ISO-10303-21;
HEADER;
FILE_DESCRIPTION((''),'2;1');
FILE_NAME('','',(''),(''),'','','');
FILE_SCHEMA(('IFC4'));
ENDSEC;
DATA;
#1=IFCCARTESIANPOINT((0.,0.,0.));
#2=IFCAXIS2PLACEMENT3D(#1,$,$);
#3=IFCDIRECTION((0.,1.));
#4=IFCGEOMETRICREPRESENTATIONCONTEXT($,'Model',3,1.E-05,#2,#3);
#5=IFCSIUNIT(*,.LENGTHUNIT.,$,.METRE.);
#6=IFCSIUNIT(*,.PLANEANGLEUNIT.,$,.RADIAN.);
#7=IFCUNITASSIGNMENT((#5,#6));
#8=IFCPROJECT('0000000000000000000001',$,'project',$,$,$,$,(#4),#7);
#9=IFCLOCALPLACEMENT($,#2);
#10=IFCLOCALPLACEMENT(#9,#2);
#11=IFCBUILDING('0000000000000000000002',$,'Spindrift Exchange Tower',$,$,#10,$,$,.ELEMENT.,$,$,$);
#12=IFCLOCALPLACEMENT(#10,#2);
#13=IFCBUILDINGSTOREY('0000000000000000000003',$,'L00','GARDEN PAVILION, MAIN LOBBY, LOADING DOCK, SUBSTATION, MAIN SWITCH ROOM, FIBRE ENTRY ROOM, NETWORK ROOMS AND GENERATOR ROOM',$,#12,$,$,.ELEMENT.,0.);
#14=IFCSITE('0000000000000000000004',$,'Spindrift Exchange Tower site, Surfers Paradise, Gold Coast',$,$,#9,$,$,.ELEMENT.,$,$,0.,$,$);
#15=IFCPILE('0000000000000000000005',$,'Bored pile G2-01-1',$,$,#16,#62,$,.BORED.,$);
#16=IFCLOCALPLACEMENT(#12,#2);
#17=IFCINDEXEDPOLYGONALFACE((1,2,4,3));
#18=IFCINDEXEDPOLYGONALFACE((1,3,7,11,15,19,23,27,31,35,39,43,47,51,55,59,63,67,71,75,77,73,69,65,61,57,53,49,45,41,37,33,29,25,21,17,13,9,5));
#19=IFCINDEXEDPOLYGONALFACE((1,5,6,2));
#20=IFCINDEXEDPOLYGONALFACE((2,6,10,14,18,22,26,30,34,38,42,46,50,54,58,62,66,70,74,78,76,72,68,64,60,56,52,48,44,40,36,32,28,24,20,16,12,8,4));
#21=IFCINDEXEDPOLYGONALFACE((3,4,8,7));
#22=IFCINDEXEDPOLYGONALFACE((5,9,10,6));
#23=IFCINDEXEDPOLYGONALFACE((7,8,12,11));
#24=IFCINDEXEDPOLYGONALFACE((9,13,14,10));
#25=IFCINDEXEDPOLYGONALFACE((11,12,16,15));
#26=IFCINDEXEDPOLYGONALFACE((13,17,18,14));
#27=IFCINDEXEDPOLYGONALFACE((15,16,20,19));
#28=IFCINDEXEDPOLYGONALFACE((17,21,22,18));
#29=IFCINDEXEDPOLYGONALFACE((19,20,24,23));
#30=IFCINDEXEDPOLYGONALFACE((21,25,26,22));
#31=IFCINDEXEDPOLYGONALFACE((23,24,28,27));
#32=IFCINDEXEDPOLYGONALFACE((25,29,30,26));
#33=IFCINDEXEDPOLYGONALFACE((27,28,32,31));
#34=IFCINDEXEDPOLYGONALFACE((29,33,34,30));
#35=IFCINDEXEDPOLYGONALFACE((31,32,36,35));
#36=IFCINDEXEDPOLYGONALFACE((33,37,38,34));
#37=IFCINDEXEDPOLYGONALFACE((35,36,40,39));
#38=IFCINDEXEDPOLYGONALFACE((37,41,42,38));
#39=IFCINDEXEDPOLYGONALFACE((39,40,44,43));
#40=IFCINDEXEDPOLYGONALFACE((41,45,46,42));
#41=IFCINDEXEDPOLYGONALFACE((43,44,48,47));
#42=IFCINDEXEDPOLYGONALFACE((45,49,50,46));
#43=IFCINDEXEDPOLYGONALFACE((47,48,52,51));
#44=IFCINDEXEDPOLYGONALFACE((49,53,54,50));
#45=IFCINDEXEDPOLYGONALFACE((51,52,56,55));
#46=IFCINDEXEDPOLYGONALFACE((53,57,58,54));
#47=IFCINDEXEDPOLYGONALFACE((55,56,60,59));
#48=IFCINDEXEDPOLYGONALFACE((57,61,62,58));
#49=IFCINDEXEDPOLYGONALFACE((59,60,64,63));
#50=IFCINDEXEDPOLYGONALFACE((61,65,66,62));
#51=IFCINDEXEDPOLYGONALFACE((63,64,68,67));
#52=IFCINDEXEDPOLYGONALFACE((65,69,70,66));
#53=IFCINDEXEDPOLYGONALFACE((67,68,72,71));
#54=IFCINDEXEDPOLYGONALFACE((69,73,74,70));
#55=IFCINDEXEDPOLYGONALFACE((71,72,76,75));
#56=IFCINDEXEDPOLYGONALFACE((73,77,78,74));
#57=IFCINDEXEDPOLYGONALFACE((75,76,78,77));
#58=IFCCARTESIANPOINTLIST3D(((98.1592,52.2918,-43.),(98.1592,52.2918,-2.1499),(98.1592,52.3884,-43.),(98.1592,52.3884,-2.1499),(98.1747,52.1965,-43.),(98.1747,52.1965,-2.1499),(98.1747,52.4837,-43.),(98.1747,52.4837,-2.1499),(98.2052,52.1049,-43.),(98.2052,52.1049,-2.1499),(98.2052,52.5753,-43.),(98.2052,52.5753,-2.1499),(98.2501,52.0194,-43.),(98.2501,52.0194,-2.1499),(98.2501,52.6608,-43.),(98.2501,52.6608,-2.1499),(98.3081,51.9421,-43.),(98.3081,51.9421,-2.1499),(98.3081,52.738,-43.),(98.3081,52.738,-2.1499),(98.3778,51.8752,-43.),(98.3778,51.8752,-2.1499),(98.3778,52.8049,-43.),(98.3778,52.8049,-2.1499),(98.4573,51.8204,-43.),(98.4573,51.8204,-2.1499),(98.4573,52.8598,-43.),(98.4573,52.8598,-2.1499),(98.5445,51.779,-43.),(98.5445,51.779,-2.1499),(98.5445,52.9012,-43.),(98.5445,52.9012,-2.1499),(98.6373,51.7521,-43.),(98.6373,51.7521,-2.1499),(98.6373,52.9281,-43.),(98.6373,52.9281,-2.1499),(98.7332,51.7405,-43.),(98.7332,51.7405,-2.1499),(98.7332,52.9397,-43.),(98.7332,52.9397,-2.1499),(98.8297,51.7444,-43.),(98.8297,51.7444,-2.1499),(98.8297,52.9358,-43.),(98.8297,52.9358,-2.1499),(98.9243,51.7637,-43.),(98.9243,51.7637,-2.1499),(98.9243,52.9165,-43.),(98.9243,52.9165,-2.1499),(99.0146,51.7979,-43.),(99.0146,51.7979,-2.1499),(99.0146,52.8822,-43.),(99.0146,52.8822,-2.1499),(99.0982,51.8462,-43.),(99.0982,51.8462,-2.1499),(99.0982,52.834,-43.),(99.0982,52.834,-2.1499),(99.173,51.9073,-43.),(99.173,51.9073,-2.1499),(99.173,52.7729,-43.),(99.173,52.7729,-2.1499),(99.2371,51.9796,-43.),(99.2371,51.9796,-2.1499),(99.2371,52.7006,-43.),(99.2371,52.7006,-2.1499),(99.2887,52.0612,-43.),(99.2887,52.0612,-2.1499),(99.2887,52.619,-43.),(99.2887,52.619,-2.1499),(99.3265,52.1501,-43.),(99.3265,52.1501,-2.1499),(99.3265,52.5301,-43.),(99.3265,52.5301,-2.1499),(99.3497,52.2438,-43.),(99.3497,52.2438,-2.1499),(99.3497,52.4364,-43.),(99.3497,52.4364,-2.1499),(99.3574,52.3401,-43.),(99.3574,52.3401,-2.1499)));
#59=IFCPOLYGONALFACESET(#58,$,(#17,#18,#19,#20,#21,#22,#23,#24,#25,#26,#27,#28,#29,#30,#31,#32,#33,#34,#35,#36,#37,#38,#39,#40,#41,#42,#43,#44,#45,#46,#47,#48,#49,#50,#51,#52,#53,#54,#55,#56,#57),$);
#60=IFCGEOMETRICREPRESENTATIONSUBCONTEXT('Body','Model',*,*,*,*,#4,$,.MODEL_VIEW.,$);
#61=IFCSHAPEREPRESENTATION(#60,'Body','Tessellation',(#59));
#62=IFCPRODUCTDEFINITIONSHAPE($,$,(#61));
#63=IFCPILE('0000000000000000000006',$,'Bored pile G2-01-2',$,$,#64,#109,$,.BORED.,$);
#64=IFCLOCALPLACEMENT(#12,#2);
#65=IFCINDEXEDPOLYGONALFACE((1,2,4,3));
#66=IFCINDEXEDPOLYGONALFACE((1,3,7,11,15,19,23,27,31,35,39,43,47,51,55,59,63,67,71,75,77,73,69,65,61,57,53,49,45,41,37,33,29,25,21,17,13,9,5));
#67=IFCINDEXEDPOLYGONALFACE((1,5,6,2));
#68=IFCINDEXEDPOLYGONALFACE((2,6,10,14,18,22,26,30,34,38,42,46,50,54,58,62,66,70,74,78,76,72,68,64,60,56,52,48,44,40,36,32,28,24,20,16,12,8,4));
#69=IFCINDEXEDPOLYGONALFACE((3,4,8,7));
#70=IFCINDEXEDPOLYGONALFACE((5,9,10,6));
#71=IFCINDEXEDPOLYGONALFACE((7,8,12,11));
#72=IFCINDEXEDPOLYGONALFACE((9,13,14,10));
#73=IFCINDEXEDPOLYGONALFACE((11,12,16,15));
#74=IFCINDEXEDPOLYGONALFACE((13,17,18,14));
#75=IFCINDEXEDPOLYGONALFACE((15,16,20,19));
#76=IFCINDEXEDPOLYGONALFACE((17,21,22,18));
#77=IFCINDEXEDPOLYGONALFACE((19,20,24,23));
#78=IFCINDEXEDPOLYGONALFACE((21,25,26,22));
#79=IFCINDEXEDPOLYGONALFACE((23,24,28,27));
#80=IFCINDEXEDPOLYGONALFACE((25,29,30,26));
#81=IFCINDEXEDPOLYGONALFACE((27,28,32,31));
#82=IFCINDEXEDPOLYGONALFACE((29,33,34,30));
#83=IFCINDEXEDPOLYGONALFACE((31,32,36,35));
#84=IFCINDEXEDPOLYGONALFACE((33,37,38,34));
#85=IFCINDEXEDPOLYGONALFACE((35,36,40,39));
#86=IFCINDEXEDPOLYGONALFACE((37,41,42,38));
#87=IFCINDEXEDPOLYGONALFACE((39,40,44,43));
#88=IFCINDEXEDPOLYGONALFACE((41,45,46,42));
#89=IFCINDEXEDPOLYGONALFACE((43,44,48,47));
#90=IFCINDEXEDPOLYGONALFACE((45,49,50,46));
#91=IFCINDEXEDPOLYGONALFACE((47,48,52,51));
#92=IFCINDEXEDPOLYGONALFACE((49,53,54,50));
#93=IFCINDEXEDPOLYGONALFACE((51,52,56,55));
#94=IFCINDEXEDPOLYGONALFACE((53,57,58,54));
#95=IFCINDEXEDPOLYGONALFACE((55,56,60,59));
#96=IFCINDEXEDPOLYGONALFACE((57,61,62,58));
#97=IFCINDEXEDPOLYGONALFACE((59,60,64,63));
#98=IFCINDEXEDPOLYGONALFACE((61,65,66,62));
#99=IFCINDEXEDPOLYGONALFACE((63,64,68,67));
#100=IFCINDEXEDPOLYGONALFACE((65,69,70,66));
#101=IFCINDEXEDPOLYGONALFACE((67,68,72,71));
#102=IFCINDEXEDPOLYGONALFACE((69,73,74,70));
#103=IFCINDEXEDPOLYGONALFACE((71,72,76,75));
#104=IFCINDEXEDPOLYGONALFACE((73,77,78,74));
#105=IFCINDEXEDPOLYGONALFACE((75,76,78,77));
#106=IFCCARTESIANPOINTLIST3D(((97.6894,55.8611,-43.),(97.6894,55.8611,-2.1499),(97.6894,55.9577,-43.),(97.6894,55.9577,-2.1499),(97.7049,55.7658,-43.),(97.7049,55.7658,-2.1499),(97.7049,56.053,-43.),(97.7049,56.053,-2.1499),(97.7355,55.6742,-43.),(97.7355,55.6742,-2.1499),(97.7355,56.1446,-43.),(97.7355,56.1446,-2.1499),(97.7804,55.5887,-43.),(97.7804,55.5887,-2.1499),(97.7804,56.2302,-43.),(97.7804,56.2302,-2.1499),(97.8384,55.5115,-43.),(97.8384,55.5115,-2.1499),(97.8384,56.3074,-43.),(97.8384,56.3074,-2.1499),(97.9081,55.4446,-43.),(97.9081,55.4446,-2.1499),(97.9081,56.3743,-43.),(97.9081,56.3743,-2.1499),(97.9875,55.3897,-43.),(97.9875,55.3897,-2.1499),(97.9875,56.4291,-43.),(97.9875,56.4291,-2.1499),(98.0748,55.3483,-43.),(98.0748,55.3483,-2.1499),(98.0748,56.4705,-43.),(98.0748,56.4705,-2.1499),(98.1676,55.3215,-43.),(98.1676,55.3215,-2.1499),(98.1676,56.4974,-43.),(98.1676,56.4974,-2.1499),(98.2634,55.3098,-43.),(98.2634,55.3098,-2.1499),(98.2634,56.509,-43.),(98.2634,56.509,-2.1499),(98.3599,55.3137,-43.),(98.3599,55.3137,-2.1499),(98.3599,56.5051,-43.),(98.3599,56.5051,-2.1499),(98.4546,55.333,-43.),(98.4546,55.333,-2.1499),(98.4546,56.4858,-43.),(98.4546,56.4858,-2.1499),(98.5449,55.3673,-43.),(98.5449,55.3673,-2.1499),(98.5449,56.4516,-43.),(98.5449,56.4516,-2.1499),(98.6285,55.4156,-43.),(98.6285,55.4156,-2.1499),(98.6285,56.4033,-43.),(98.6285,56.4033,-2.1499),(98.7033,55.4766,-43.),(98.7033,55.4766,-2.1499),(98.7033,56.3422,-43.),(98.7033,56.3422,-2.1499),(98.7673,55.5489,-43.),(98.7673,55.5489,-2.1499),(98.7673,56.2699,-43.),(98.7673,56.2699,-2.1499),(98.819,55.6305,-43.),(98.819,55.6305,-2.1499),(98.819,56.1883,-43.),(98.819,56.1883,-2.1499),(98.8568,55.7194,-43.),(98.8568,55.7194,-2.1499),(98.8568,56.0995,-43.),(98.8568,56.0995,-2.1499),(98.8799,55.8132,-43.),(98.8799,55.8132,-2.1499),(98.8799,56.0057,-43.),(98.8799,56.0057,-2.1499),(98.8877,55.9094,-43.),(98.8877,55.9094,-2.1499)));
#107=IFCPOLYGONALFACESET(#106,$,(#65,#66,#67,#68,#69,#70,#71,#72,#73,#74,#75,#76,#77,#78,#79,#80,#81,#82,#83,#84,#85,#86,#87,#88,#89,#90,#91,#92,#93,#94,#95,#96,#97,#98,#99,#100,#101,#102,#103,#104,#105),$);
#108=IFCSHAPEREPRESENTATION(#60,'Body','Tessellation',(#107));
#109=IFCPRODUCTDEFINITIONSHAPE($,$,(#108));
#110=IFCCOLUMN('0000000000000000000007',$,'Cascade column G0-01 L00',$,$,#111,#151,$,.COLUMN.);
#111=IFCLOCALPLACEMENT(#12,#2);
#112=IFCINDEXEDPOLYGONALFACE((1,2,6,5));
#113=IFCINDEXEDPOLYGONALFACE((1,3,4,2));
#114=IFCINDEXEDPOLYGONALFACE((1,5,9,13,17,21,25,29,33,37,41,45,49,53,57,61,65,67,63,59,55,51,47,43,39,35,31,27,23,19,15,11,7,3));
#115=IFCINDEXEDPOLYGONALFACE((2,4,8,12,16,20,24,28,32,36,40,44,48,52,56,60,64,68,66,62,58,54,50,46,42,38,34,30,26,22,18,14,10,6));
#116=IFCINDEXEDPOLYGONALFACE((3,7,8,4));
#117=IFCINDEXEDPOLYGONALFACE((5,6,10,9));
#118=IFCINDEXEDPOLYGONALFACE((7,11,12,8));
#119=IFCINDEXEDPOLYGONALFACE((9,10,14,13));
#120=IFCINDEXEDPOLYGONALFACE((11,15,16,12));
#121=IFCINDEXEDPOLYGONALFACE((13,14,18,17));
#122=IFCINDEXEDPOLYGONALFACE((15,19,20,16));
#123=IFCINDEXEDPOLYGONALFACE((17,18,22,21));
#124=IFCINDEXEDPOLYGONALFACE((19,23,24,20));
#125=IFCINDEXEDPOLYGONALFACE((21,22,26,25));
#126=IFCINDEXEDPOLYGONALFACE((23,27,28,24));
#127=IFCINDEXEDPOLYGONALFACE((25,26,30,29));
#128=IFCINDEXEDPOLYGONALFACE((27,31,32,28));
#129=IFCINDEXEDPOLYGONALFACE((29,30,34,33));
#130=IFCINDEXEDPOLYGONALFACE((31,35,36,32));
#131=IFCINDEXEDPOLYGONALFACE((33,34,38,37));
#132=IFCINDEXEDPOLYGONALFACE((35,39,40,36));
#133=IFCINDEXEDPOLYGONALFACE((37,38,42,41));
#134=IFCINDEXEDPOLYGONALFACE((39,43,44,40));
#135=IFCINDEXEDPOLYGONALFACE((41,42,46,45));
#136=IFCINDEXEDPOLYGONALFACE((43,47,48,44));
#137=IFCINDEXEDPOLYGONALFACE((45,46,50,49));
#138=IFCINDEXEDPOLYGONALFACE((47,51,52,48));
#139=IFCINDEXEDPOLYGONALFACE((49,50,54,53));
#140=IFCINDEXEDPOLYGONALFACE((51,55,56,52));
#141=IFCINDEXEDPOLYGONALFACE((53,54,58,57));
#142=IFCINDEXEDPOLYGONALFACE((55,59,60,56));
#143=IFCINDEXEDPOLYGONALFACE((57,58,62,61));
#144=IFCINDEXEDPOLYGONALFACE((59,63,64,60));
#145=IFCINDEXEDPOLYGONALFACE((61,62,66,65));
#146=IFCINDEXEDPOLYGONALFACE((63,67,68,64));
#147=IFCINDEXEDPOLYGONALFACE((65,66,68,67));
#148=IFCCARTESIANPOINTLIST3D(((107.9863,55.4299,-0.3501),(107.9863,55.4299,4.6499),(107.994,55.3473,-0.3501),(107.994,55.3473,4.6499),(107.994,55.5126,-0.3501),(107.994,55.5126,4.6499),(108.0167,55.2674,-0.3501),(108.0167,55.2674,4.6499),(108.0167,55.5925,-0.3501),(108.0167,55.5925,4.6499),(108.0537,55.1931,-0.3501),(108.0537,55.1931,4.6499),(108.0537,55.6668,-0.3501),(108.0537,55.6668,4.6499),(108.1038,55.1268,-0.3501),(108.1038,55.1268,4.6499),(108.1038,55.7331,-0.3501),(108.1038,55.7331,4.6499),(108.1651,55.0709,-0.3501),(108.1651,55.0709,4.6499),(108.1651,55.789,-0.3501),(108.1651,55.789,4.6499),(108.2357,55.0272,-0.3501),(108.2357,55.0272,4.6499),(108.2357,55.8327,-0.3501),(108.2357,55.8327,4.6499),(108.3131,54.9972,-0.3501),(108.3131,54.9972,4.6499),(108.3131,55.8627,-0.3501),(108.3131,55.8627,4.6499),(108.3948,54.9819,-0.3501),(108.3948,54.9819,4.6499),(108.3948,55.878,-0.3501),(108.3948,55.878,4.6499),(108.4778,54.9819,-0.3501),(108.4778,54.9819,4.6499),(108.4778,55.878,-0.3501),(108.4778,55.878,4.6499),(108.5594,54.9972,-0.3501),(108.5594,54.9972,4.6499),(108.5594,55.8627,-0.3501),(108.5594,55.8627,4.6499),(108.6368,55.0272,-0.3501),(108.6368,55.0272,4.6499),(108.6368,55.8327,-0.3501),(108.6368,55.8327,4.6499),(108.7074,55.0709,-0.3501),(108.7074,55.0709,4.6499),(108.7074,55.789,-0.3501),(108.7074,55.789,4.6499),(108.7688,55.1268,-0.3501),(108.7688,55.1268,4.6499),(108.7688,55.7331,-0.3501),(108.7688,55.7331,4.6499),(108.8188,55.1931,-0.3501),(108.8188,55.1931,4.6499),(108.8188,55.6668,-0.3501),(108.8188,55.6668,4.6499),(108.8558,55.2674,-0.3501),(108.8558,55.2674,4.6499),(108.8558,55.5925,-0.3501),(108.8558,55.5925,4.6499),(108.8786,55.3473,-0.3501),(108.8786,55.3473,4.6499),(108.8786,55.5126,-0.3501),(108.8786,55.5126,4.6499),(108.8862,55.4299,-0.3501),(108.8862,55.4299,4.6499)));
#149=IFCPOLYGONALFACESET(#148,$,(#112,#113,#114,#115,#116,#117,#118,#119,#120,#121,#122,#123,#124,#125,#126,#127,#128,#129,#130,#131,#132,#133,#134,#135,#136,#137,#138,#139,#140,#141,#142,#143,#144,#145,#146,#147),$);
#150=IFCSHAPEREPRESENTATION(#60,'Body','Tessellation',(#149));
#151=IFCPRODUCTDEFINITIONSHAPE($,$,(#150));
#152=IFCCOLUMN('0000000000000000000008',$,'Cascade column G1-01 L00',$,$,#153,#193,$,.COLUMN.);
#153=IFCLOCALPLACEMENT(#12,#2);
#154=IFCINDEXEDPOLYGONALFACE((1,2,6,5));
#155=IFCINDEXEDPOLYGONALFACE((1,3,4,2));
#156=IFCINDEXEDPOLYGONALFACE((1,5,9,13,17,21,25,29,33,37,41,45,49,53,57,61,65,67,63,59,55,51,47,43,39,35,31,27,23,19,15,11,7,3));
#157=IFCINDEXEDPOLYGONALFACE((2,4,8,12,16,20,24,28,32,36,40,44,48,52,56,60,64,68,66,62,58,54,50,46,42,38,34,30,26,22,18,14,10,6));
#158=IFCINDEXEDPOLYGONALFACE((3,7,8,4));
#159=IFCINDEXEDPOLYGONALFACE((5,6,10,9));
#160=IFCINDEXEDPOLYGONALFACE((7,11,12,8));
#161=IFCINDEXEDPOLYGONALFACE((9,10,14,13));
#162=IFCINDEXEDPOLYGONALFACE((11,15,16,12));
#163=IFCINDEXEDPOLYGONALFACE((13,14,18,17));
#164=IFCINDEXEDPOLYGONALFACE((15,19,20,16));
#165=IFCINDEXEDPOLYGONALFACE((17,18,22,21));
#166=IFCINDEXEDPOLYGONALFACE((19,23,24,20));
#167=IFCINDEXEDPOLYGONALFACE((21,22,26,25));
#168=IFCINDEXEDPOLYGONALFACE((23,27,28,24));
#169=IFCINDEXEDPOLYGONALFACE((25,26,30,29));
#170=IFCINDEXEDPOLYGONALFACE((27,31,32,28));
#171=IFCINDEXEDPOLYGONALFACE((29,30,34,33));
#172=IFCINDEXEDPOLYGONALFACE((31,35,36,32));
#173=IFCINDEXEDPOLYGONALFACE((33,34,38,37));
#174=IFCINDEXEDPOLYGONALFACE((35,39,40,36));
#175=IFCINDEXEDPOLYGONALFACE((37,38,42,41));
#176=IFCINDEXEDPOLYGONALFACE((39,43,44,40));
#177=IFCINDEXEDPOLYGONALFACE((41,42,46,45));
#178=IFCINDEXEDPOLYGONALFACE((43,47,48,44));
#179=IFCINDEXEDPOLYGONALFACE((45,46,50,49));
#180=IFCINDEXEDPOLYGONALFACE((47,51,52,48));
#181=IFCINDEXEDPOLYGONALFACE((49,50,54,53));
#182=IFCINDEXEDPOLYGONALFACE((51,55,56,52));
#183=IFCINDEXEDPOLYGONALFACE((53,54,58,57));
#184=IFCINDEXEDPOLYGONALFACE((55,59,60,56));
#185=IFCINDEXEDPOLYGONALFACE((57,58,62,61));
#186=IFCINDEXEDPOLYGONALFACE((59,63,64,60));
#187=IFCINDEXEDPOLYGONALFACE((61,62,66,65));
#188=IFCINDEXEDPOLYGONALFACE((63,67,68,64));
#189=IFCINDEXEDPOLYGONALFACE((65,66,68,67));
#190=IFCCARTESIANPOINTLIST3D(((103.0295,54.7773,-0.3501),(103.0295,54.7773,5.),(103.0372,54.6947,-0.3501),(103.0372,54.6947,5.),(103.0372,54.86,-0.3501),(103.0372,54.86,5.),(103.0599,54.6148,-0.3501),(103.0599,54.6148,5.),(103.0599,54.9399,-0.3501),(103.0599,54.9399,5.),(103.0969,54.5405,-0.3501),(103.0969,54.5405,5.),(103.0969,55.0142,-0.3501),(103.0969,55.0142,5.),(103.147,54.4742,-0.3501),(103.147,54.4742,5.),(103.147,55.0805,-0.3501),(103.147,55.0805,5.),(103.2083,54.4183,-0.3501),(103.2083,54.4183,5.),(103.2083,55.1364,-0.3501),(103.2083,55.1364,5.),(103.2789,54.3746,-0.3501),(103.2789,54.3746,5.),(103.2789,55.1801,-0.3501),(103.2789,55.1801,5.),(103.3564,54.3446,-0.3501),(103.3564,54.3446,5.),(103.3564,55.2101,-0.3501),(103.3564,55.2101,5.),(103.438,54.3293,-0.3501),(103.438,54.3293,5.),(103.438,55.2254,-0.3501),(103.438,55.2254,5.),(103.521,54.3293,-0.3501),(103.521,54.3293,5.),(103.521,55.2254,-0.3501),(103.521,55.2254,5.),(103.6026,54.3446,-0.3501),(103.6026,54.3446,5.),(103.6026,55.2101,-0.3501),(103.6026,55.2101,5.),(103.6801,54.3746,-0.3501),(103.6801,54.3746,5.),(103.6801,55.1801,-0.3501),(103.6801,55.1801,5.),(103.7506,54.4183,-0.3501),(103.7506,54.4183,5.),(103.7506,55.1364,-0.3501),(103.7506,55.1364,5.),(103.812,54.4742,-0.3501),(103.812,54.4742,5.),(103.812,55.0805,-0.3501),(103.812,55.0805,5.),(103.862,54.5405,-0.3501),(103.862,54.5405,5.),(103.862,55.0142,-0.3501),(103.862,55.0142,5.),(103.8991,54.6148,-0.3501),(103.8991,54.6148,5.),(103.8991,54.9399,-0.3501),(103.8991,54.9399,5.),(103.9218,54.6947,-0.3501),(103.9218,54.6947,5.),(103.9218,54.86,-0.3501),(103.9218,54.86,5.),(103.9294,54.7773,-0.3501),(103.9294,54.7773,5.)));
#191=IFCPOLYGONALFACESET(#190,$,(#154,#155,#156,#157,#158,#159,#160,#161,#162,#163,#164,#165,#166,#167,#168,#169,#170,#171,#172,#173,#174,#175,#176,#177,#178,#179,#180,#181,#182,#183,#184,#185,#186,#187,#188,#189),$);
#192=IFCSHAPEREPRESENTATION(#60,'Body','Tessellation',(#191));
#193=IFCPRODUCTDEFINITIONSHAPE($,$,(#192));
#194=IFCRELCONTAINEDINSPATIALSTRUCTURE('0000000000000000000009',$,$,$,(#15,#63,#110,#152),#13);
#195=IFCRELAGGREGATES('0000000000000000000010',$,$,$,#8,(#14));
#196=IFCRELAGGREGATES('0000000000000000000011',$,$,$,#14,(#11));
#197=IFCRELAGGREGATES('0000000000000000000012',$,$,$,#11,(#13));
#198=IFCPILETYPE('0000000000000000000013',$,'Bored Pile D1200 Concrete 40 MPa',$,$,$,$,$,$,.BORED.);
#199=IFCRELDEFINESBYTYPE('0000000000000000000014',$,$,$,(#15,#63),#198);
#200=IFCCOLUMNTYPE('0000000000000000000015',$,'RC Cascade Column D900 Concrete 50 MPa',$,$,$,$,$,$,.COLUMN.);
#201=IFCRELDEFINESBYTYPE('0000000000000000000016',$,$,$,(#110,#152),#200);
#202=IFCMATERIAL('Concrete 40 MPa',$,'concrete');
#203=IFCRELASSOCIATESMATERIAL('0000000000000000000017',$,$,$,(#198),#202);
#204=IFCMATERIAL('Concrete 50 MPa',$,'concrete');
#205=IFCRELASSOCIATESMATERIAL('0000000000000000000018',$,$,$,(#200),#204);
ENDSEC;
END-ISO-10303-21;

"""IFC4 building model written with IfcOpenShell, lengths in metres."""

from ifc_helpers import new_model, si_unit, direction, frame, origin, origin_2d, place, context, subcontext, project, spatial, circle, extrude, source, transform, mapped, material, material_profile, profile_set, type_object, element, save


model = new_model("IFC4")

# Units and contexts
model_context = context("Model", 3, precision=1e-05, world=origin(), true_north=direction((0.0, 1.0)))
body_context = subcontext(model_context, "Body", "Model", "MODEL_VIEW")
ifc_project = project(units=[si_unit("LENGTHUNIT", "METRE"), si_unit("PLANEANGLEUNIT", "RADIAN")], contexts=[model_context])

# Site, building, storey
site_placement = place(None, origin())
site = spatial("IfcSite", under=ifc_project, at=site_placement, Name="Spindrift Exchange Tower site, Surfers Paradise, Gold Coast", CompositionType="ELEMENT", RefElevation=0.0)
building_placement = place(site_placement, origin())
building = spatial("IfcBuilding", under=site, at=building_placement, Name="Spindrift Exchange Tower", CompositionType="ELEMENT")
storey_placement = place(building_placement, origin())
storey = spatial("IfcBuildingStorey", under=building, at=storey_placement, Name="L00", Description="GARDEN PAVILION, MAIN LOBBY, LOADING DOCK, SUBSTATION, MAIN SWITCH ROOM, FIBRE ENTRY ROOM, NETWORK ROOMS AND GENERATOR ROOM", CompositionType="ELEMENT", Elevation=0.0)

# Piles
ifc_material_1 = material(Name="Concrete 40 MPa", Category="concrete")
ifc_material_profile_1 = material_profile(ifc_material_1, circle(Radius=0.6001, at=origin_2d()), Name="BP D1200")
ifc_profile_set_1 = profile_set([ifc_material_profile_1], Name="Concrete 40 MPa")
pile_type = type_object("IfcPileType", Name="Bored Pile D1200 Concrete 40 MPa", PredefinedType="BORED", material=ifc_profile_set_1)
shared_shape_1 = source(origin(), body_context, "Body", "SweptSolid", [
    extrude(circle(Radius=0.6001, at=origin_2d()), origin(), (0.0, 0.0, 1.0), 40.8501),
])
for number, where, z_axis, x_axis, name in (
    (1, (98.7573, 52.3401, -2.1499), (0.0, 0.0, -1.0), (1.0, 0.0, 0.0), "Bored pile G2-01-1"),
    (2, (98.2876, 55.9094, -2.1499), (0.0, 0.0, -1.0), (1.0, 0.0, 0.0), "Bored pile G2-01-2"),
):
    element("IfcPile", number, at=place(storey_placement, frame(where, z_axis=z_axis, x_axis=x_axis)), inside=storey, type_object=pile_type, Name=name, PredefinedType="BORED", context=body_context, shape_type="MappedRepresentation", body=[
        mapped(shared_shape_1, transform((0.0, 0.0, 0.0), scale=1.0)),
    ])

# Columns
ifc_material_2 = material(Name="Concrete 50 MPa", Category="concrete")
ifc_material_profile_2 = material_profile(ifc_material_2, circle(Radius=0.45, at=origin_2d()), Name="RC D900")
ifc_profile_set_2 = profile_set([ifc_material_profile_2], Name="Concrete 50 MPa")
column_type = type_object("IfcColumnType", Name="RC Cascade Column D900 Concrete 50 MPa", PredefinedType="COLUMN", material=ifc_profile_set_2)
shared_shape_2 = source(origin(), body_context, "Body", "SweptSolid", [
    extrude(circle(Radius=0.45, at=origin_2d()), origin(), (0.0, 0.0, 1.0), 5.0),
])
column_placement = place(storey_placement, frame((108.4363, 55.4299, -0.3501), z_axis=(0.0, 0.0, 1.0), x_axis=(1.0, 0.0, 0.0)))
element("IfcColumn", 3, at=column_placement, inside=storey, type_object=column_type, Name="Cascade column G0-01 L00", PredefinedType="COLUMN", context=body_context, shape_type="MappedRepresentation", body=[
    mapped(shared_shape_2, transform((0.0, 0.0, 0.0), scale=1.0)),
])
shared_shape_3 = source(origin(), body_context, "Body", "SweptSolid", [
    extrude(circle(Radius=0.45, at=origin_2d()), origin(), (0.0, 0.0, 1.0), 5.3501),
])
for number, where, z_axis, x_axis, name in (
    (4, (103.4795, 54.7773, -0.3501), (0.0, 0.0, 1.0), (1.0, 0.0, 0.0), "Cascade column G1-01 L00"),
):
    element("IfcColumn", number, at=place(storey_placement, frame(where, z_axis=z_axis, x_axis=x_axis)), inside=storey, type_object=column_type, Name=name, PredefinedType="COLUMN", context=body_context, shape_type="MappedRepresentation", body=[
        mapped(shared_shape_3, transform((0.0, 0.0, 0.0), scale=1.0)),
    ])

save(model, "model.ifc")
